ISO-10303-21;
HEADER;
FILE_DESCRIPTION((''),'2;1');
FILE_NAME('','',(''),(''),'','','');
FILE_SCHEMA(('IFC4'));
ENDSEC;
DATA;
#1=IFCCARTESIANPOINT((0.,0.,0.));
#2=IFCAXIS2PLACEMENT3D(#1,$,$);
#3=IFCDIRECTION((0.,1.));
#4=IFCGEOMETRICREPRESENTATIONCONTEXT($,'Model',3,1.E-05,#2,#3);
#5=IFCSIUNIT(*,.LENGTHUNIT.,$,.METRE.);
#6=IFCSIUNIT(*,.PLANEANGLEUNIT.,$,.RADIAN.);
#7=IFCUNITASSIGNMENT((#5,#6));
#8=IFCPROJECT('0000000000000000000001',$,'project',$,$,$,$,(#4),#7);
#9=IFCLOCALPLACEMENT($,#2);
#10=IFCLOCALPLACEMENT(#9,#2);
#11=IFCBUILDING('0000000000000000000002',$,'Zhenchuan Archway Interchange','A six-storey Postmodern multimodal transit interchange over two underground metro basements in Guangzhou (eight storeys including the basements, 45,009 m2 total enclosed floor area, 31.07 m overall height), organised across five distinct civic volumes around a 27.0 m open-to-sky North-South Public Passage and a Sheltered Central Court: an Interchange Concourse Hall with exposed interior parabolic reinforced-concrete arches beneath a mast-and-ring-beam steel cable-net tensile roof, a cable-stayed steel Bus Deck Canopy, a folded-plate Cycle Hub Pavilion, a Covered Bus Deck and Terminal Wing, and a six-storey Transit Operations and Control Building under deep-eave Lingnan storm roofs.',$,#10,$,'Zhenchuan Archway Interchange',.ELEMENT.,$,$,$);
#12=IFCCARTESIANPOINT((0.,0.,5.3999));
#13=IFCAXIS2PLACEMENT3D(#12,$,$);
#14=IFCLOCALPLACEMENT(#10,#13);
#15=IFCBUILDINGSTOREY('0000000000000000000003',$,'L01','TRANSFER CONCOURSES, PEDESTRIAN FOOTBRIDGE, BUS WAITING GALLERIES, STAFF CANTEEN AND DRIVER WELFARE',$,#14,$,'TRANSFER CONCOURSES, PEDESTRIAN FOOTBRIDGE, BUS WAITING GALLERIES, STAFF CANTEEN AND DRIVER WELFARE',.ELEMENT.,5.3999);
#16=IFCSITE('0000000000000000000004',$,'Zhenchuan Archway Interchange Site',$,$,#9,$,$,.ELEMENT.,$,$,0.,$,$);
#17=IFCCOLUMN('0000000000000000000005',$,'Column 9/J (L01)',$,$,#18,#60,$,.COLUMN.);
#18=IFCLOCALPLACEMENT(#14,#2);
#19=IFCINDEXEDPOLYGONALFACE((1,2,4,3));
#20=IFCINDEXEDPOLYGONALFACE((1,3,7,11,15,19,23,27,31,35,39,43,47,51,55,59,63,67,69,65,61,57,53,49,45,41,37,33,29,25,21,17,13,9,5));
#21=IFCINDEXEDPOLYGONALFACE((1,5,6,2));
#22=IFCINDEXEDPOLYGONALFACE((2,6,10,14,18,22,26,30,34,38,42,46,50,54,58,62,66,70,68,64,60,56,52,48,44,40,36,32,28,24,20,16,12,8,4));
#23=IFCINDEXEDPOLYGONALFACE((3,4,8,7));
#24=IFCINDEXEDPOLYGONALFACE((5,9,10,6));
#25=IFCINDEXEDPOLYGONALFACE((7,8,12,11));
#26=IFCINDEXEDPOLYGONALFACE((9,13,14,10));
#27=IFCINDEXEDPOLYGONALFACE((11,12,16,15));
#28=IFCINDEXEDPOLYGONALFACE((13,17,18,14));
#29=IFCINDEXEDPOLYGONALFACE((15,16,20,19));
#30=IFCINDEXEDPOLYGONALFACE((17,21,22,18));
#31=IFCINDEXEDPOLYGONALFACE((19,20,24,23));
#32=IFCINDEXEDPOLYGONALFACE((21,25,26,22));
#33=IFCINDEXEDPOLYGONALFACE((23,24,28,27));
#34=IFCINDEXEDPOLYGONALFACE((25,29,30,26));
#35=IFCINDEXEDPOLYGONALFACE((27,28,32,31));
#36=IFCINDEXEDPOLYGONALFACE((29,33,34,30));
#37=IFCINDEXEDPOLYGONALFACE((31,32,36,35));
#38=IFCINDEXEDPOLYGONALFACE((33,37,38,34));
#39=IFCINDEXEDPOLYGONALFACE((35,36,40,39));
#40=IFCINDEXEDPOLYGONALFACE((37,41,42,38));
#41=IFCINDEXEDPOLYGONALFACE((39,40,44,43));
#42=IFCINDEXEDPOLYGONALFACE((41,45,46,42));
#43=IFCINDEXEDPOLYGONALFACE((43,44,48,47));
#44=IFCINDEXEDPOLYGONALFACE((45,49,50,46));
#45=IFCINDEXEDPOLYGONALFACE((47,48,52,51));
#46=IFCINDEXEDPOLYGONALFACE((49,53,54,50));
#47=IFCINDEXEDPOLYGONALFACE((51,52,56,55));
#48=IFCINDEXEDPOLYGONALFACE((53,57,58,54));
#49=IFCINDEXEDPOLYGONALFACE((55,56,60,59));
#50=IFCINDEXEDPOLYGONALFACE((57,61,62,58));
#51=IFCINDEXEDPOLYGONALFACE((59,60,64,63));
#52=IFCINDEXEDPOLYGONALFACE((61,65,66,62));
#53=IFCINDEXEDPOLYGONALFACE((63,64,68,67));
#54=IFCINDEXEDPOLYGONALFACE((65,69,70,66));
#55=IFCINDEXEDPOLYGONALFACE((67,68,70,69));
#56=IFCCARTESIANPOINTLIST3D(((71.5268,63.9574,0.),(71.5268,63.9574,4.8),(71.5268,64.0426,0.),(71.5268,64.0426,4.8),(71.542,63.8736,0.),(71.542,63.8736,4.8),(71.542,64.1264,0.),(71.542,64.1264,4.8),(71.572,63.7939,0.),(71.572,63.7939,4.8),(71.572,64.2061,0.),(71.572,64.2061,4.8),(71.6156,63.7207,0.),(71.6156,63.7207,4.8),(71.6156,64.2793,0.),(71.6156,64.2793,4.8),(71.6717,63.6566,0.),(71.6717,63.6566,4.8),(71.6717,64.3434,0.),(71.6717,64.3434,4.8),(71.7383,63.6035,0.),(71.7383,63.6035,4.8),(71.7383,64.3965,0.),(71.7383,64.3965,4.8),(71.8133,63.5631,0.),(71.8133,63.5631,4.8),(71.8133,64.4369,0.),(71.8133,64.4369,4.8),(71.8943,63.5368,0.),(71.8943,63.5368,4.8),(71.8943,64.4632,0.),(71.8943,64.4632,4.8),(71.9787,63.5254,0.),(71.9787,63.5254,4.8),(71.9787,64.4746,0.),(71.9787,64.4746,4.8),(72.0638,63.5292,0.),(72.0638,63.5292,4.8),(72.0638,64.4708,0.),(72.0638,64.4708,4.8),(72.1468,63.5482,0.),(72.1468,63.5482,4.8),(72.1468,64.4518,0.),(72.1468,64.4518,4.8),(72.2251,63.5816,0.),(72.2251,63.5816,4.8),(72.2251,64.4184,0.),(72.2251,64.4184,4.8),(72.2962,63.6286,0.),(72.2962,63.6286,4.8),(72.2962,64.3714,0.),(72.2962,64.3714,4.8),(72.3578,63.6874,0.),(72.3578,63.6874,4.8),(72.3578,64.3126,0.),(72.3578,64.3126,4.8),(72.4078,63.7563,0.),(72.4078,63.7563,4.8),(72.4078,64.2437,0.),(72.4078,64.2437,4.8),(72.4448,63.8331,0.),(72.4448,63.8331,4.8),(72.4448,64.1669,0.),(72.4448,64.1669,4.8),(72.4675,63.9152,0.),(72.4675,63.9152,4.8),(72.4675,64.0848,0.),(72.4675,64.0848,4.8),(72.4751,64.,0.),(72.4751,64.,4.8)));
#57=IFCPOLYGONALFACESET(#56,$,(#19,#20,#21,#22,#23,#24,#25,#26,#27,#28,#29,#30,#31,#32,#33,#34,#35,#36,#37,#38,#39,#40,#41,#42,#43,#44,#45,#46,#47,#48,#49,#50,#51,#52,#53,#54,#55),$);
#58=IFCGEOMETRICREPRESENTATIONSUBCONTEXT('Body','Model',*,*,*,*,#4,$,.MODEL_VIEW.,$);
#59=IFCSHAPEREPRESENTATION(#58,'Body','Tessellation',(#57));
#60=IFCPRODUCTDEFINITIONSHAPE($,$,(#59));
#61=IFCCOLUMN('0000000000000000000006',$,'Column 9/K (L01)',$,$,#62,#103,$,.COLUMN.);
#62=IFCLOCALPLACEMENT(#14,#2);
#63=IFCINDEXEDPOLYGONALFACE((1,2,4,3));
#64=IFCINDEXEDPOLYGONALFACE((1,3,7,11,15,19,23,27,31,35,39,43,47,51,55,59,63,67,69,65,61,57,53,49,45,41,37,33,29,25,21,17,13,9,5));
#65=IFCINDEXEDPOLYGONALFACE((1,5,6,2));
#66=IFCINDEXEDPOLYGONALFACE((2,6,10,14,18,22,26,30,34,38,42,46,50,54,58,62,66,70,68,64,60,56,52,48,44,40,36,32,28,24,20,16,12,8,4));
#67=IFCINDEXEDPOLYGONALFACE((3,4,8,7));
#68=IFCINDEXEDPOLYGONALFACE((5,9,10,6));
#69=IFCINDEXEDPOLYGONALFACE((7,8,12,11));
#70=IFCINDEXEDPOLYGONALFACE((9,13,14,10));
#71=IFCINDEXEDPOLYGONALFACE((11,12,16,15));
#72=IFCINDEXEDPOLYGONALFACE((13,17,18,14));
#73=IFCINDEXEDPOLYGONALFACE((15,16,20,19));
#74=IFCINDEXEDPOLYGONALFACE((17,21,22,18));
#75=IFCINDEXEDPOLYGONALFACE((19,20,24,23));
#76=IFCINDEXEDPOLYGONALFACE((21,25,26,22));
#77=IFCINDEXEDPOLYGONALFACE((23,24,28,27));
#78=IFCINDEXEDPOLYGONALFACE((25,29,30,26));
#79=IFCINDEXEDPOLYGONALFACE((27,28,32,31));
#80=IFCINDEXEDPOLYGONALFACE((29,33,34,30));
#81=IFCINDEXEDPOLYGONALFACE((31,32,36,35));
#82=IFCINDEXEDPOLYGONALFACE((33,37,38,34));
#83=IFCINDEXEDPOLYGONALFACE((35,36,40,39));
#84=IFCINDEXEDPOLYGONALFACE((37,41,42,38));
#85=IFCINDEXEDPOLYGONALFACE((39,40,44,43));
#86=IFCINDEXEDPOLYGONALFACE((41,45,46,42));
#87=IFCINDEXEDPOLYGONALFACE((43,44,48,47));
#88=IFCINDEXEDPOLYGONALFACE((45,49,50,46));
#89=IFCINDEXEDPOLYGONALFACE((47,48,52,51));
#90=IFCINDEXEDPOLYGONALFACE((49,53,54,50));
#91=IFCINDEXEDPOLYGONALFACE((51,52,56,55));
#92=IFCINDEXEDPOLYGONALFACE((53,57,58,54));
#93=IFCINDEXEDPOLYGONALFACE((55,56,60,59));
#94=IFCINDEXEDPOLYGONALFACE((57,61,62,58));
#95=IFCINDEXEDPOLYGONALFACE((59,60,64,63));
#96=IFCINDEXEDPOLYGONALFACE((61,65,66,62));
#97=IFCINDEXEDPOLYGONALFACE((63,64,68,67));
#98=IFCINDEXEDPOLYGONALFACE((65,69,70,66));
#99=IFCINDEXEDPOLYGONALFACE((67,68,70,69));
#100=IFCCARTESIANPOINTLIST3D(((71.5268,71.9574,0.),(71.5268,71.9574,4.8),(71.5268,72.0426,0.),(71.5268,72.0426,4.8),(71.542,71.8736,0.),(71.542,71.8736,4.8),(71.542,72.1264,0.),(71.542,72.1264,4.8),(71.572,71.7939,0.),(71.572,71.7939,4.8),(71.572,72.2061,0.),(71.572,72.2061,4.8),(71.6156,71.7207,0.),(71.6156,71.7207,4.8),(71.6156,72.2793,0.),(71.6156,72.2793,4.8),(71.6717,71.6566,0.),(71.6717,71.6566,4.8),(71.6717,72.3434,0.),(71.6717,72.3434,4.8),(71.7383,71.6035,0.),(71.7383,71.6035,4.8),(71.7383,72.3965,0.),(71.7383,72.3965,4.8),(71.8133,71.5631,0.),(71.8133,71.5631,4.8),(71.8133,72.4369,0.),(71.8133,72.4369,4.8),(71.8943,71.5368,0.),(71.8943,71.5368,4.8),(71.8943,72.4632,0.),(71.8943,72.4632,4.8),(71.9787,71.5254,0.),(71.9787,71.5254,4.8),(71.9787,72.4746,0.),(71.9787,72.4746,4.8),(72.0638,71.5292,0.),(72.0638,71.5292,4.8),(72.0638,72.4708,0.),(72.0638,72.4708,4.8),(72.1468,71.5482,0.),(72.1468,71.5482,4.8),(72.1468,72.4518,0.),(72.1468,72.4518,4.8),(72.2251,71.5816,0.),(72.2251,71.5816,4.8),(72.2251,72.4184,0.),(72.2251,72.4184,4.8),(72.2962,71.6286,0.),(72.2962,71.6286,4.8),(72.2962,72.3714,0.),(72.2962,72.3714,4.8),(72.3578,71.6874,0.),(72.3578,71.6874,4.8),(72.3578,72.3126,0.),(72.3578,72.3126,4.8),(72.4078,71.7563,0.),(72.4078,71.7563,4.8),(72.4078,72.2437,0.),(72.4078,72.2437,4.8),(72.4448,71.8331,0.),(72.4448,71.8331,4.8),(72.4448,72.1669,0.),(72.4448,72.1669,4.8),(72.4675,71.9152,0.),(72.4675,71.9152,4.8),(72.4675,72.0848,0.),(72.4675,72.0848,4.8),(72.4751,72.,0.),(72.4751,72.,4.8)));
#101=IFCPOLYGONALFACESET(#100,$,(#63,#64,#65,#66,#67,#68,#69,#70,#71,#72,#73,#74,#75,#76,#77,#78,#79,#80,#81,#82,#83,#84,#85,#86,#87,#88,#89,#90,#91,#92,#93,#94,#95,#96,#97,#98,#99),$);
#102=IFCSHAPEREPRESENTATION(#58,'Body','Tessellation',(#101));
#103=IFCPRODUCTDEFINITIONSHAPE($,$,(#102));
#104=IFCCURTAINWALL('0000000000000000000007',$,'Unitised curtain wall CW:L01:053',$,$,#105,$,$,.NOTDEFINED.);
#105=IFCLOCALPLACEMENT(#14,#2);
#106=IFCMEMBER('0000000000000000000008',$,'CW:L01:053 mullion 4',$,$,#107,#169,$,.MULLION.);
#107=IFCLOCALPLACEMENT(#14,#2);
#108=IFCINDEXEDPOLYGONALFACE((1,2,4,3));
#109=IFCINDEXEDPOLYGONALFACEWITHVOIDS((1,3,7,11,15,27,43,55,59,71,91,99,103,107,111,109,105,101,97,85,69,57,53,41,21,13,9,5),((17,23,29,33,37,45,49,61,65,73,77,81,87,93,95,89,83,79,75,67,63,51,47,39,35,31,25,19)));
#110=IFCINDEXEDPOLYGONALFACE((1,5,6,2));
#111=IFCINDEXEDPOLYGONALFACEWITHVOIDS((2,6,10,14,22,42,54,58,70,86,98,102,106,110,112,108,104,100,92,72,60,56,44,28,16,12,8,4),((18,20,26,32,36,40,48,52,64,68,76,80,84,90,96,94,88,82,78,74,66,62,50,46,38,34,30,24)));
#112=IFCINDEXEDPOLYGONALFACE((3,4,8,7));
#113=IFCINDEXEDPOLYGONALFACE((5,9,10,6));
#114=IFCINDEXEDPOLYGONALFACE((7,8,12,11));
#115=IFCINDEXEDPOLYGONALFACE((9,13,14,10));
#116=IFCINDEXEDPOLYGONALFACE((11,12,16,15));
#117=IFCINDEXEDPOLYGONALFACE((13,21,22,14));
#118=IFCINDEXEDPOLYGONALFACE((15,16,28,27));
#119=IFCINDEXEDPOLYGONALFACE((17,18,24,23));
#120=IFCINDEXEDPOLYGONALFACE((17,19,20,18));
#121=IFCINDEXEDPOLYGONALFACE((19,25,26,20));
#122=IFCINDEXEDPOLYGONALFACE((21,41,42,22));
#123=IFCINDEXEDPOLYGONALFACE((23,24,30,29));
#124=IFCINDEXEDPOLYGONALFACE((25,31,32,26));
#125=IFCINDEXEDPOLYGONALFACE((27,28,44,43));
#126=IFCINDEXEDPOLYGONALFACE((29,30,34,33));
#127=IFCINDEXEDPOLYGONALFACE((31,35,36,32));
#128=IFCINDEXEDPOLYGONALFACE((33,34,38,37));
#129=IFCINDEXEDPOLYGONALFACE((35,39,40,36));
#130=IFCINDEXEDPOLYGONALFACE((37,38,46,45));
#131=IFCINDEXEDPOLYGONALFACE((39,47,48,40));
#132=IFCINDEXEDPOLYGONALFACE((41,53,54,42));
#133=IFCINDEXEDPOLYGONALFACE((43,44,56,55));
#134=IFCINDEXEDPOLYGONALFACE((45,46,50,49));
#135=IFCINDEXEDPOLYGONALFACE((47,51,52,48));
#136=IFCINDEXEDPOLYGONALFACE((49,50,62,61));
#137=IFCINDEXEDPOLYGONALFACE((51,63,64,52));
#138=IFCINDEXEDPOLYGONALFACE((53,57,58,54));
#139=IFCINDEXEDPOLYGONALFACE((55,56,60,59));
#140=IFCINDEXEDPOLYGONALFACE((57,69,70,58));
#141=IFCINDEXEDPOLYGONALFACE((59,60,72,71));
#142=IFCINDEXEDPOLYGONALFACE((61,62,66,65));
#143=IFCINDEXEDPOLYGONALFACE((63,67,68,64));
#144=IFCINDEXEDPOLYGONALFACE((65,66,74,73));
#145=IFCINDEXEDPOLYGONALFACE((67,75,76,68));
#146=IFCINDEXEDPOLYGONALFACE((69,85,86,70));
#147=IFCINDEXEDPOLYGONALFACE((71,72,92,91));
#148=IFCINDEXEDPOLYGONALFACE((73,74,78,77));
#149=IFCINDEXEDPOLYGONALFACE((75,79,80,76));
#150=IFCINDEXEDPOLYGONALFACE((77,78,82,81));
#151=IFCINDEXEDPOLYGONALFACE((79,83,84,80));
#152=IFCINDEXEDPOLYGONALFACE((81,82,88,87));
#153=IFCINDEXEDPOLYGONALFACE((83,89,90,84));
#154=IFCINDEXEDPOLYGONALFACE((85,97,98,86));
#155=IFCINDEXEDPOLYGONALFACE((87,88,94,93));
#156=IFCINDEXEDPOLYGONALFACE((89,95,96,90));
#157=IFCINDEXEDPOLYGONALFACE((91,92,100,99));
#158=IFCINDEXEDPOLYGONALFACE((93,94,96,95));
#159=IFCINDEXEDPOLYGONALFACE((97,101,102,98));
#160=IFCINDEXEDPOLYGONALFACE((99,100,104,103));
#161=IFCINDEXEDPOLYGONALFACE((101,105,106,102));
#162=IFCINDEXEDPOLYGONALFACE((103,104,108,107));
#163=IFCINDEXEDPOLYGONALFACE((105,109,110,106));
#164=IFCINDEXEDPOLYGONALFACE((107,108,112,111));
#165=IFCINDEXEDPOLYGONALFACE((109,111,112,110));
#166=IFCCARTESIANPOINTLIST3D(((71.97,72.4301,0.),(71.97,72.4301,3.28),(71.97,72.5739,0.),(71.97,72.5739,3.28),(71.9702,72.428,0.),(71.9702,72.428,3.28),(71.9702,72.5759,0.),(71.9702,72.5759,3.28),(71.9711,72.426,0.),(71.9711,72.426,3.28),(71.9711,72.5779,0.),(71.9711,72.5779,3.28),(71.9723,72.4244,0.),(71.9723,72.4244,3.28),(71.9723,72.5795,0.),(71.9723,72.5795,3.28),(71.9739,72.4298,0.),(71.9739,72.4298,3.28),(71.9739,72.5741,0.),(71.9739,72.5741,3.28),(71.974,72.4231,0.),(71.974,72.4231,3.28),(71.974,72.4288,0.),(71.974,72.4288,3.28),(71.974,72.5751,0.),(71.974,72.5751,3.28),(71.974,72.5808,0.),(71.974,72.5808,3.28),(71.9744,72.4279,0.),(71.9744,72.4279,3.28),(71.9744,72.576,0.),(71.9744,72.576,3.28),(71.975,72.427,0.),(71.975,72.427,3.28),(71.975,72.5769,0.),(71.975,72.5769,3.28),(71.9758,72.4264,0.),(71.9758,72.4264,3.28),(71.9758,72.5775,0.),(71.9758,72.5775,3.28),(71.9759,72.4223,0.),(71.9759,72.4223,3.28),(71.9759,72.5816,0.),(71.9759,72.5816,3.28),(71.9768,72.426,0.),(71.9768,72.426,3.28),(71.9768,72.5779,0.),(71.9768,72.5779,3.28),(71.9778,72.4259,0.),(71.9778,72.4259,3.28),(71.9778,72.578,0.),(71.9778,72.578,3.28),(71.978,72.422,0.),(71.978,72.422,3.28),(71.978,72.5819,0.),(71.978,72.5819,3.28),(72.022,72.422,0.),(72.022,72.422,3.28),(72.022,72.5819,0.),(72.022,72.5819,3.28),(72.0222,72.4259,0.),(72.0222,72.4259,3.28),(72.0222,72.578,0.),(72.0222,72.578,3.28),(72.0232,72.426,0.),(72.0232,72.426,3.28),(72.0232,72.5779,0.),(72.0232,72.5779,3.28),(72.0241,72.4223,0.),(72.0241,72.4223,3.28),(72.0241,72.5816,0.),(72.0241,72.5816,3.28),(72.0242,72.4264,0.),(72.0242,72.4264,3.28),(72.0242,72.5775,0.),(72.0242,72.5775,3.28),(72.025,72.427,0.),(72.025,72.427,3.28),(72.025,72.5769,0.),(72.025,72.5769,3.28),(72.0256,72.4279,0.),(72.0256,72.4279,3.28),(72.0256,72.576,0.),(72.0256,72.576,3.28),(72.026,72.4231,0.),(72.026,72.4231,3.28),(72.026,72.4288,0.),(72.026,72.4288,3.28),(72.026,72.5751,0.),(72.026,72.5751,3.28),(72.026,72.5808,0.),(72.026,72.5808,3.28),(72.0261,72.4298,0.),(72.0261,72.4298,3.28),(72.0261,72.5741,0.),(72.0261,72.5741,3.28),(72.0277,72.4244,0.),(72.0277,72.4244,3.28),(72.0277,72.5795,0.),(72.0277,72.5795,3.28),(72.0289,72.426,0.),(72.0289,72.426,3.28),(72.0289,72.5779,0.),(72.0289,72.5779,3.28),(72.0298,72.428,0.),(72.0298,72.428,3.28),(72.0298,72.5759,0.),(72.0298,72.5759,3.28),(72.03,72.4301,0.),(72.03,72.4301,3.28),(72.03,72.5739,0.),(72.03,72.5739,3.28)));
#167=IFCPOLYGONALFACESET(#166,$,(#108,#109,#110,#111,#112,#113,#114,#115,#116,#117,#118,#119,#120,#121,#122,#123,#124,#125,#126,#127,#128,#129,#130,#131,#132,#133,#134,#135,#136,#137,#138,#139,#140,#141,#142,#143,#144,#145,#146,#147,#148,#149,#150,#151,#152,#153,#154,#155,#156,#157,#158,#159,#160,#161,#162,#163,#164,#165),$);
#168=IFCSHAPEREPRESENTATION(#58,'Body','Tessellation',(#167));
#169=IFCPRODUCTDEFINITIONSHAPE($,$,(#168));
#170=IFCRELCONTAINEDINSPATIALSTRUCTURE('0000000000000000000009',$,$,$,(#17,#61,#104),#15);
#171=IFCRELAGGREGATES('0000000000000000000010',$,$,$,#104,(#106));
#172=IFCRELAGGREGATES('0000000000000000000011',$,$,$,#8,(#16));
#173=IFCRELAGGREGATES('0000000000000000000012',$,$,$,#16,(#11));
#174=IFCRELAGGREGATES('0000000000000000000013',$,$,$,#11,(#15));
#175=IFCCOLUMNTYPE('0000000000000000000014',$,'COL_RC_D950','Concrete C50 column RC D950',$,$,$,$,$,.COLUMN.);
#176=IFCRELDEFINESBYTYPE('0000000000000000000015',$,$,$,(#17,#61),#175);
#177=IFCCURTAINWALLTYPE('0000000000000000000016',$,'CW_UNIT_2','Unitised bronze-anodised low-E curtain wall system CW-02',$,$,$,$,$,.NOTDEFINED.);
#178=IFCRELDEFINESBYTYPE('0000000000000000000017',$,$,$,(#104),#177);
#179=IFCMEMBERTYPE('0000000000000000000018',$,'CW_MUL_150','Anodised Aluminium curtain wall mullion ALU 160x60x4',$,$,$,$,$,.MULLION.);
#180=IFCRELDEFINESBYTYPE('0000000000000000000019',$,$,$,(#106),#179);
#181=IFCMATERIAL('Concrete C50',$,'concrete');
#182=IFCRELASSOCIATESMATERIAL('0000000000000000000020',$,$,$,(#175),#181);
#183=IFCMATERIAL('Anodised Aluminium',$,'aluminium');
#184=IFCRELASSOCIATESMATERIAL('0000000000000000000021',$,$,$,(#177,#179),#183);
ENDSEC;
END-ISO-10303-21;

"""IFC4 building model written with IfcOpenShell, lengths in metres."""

from ifc_helpers import new_model, si_unit, direction, frame, origin, origin_2d, place, context, subcontext, project, spatial, hollow_rectangle, circle, extrude, material, material_profile, profile_set, type_object, element, aggregate, save


model = new_model("IFC4")

# Units and contexts
model_context = context("Model", 3, precision=1e-05, world=origin(), true_north=direction((0.0, 1.0)))
body_context = subcontext(model_context, "Body", "Model", "MODEL_VIEW")
ifc_project = project(units=[si_unit("LENGTHUNIT", "METRE"), si_unit("PLANEANGLEUNIT", "RADIAN")], contexts=[model_context])

# Site, building, storey
site_placement = place(None, origin())
site = spatial("IfcSite", under=ifc_project, at=site_placement, Name="Zhenchuan Archway Interchange Site", CompositionType="ELEMENT", RefElevation=0.0)
building_placement = place(site_placement, origin())
building = spatial("IfcBuilding", under=site, at=building_placement, Name="Zhenchuan Archway Interchange", Description="A six-storey Postmodern multimodal transit interchange over two underground metro basements in Guangzhou (eight storeys including the basements, 45,009 m2 total enclosed floor area, 31.07 m overall height), organised across five distinct civic volumes around a 27.0 m open-to-sky North-South Public Passage and a Sheltered Central Court: an Interchange Concourse Hall with exposed interior parabolic reinforced-concrete arches beneath a mast-and-ring-beam steel cable-net tensile roof, a cable-stayed steel Bus Deck Canopy, a folded-plate Cycle Hub Pavilion, a Covered Bus Deck and Terminal Wing, and a six-storey Transit Operations and Control Building under deep-eave Lingnan storm roofs.", LongName="Zhenchuan Archway Interchange", CompositionType="ELEMENT")
storey_placement = place(building_placement, frame((0.0, 0.0, 5.3999)))
storey = spatial("IfcBuildingStorey", under=building, at=storey_placement, Name="L01", Description="TRANSFER CONCOURSES, PEDESTRIAN FOOTBRIDGE, BUS WAITING GALLERIES, STAFF CANTEEN AND DRIVER WELFARE", LongName="TRANSFER CONCOURSES, PEDESTRIAN FOOTBRIDGE, BUS WAITING GALLERIES, STAFF CANTEEN AND DRIVER WELFARE", CompositionType="ELEMENT", Elevation=5.3999)

# Columns
ifc_material_1 = material(Name="Concrete C50", Category="concrete")
ifc_material_profile_1 = material_profile(ifc_material_1, circle(Radius=0.4751, at=origin_2d()), Name="RC D950")
ifc_profile_set_1 = profile_set([ifc_material_profile_1], Name="Concrete C50")
column_type = type_object("IfcColumnType", Name="COL_RC_D950", Description="Concrete C50 column RC D950", PredefinedType="COLUMN", material=ifc_profile_set_1)
for number, where, z_axis, x_axis, name in (
    (1, (72.0, 64.0, 0.0), (0.0, 0.0, 1.0), (1.0, 0.0, 0.0), "Column 9/J (L01)"),
    (2, (72.0, 72.0, 0.0), (0.0, 0.0, 1.0), (1.0, 0.0, 0.0), "Column 9/K (L01)"),
):
    element("IfcColumn", number, at=place(storey_placement, frame(where, z_axis=z_axis, x_axis=x_axis)), inside=storey, type_object=column_type, Name=name, PredefinedType="COLUMN", context=body_context, shape_type="SweptSolid", body=[
        extrude(circle(Radius=0.4751, at=origin_2d()), origin(), (0.0, 0.0, 1.0), 4.8),
    ])

# Curtain wall, member
ifc_material_2 = material(Name="Anodised Aluminium", Category="aluminium")
curtain_wall_type_1 = type_object("IfcCurtainWallType", Name="CW_UNIT_2", Description="Unitised bronze-anodised low-E curtain wall system CW-02", PredefinedType="NOTDEFINED", material=ifc_material_2)
curtain_wall_1_placement = place(storey_placement, origin())
curtain_wall_1 = element("IfcCurtainWall", 3, at=curtain_wall_1_placement, inside=storey, type_object=curtain_wall_type_1, Name="Unitised curtain wall CW:L01:053", PredefinedType="NOTDEFINED")
ifc_material_profile_2 = material_profile(ifc_material_2, hollow_rectangle(XDim=0.0601, YDim=0.1599, WallThickness=0.0039, InnerFilletRadius=0.0039, OuterFilletRadius=0.0081, at=origin_2d()), Name="ALU 160x60x4")
ifc_profile_set_2 = profile_set([ifc_material_profile_2], Name="Anodised Aluminium")
member_type_1 = type_object("IfcMemberType", Name="CW_MUL_150", Description="Anodised Aluminium curtain wall mullion ALU 160x60x4", PredefinedType="MULLION", material=ifc_profile_set_2)
member_1_placement = place(storey_placement, frame((72.0, 72.502, 0.0), z_axis=(0.0, 0.0, 1.0), x_axis=(1.0, 0.0, 0.0)))
member_1 = element("IfcMember", 4, at=member_1_placement, type_object=member_type_1, Name="CW:L01:053 mullion 4", PredefinedType="MULLION", context=body_context, shape_type="SweptSolid", body=[
    extrude(hollow_rectangle(XDim=0.0601, YDim=0.1599, WallThickness=0.0039, InnerFilletRadius=0.0039, OuterFilletRadius=0.0081, at=origin_2d()), origin(), (0.0, 0.0, 1.0), 3.28),
])
aggregate(curtain_wall_1, [member_1])

save(model, "model.ifc")
